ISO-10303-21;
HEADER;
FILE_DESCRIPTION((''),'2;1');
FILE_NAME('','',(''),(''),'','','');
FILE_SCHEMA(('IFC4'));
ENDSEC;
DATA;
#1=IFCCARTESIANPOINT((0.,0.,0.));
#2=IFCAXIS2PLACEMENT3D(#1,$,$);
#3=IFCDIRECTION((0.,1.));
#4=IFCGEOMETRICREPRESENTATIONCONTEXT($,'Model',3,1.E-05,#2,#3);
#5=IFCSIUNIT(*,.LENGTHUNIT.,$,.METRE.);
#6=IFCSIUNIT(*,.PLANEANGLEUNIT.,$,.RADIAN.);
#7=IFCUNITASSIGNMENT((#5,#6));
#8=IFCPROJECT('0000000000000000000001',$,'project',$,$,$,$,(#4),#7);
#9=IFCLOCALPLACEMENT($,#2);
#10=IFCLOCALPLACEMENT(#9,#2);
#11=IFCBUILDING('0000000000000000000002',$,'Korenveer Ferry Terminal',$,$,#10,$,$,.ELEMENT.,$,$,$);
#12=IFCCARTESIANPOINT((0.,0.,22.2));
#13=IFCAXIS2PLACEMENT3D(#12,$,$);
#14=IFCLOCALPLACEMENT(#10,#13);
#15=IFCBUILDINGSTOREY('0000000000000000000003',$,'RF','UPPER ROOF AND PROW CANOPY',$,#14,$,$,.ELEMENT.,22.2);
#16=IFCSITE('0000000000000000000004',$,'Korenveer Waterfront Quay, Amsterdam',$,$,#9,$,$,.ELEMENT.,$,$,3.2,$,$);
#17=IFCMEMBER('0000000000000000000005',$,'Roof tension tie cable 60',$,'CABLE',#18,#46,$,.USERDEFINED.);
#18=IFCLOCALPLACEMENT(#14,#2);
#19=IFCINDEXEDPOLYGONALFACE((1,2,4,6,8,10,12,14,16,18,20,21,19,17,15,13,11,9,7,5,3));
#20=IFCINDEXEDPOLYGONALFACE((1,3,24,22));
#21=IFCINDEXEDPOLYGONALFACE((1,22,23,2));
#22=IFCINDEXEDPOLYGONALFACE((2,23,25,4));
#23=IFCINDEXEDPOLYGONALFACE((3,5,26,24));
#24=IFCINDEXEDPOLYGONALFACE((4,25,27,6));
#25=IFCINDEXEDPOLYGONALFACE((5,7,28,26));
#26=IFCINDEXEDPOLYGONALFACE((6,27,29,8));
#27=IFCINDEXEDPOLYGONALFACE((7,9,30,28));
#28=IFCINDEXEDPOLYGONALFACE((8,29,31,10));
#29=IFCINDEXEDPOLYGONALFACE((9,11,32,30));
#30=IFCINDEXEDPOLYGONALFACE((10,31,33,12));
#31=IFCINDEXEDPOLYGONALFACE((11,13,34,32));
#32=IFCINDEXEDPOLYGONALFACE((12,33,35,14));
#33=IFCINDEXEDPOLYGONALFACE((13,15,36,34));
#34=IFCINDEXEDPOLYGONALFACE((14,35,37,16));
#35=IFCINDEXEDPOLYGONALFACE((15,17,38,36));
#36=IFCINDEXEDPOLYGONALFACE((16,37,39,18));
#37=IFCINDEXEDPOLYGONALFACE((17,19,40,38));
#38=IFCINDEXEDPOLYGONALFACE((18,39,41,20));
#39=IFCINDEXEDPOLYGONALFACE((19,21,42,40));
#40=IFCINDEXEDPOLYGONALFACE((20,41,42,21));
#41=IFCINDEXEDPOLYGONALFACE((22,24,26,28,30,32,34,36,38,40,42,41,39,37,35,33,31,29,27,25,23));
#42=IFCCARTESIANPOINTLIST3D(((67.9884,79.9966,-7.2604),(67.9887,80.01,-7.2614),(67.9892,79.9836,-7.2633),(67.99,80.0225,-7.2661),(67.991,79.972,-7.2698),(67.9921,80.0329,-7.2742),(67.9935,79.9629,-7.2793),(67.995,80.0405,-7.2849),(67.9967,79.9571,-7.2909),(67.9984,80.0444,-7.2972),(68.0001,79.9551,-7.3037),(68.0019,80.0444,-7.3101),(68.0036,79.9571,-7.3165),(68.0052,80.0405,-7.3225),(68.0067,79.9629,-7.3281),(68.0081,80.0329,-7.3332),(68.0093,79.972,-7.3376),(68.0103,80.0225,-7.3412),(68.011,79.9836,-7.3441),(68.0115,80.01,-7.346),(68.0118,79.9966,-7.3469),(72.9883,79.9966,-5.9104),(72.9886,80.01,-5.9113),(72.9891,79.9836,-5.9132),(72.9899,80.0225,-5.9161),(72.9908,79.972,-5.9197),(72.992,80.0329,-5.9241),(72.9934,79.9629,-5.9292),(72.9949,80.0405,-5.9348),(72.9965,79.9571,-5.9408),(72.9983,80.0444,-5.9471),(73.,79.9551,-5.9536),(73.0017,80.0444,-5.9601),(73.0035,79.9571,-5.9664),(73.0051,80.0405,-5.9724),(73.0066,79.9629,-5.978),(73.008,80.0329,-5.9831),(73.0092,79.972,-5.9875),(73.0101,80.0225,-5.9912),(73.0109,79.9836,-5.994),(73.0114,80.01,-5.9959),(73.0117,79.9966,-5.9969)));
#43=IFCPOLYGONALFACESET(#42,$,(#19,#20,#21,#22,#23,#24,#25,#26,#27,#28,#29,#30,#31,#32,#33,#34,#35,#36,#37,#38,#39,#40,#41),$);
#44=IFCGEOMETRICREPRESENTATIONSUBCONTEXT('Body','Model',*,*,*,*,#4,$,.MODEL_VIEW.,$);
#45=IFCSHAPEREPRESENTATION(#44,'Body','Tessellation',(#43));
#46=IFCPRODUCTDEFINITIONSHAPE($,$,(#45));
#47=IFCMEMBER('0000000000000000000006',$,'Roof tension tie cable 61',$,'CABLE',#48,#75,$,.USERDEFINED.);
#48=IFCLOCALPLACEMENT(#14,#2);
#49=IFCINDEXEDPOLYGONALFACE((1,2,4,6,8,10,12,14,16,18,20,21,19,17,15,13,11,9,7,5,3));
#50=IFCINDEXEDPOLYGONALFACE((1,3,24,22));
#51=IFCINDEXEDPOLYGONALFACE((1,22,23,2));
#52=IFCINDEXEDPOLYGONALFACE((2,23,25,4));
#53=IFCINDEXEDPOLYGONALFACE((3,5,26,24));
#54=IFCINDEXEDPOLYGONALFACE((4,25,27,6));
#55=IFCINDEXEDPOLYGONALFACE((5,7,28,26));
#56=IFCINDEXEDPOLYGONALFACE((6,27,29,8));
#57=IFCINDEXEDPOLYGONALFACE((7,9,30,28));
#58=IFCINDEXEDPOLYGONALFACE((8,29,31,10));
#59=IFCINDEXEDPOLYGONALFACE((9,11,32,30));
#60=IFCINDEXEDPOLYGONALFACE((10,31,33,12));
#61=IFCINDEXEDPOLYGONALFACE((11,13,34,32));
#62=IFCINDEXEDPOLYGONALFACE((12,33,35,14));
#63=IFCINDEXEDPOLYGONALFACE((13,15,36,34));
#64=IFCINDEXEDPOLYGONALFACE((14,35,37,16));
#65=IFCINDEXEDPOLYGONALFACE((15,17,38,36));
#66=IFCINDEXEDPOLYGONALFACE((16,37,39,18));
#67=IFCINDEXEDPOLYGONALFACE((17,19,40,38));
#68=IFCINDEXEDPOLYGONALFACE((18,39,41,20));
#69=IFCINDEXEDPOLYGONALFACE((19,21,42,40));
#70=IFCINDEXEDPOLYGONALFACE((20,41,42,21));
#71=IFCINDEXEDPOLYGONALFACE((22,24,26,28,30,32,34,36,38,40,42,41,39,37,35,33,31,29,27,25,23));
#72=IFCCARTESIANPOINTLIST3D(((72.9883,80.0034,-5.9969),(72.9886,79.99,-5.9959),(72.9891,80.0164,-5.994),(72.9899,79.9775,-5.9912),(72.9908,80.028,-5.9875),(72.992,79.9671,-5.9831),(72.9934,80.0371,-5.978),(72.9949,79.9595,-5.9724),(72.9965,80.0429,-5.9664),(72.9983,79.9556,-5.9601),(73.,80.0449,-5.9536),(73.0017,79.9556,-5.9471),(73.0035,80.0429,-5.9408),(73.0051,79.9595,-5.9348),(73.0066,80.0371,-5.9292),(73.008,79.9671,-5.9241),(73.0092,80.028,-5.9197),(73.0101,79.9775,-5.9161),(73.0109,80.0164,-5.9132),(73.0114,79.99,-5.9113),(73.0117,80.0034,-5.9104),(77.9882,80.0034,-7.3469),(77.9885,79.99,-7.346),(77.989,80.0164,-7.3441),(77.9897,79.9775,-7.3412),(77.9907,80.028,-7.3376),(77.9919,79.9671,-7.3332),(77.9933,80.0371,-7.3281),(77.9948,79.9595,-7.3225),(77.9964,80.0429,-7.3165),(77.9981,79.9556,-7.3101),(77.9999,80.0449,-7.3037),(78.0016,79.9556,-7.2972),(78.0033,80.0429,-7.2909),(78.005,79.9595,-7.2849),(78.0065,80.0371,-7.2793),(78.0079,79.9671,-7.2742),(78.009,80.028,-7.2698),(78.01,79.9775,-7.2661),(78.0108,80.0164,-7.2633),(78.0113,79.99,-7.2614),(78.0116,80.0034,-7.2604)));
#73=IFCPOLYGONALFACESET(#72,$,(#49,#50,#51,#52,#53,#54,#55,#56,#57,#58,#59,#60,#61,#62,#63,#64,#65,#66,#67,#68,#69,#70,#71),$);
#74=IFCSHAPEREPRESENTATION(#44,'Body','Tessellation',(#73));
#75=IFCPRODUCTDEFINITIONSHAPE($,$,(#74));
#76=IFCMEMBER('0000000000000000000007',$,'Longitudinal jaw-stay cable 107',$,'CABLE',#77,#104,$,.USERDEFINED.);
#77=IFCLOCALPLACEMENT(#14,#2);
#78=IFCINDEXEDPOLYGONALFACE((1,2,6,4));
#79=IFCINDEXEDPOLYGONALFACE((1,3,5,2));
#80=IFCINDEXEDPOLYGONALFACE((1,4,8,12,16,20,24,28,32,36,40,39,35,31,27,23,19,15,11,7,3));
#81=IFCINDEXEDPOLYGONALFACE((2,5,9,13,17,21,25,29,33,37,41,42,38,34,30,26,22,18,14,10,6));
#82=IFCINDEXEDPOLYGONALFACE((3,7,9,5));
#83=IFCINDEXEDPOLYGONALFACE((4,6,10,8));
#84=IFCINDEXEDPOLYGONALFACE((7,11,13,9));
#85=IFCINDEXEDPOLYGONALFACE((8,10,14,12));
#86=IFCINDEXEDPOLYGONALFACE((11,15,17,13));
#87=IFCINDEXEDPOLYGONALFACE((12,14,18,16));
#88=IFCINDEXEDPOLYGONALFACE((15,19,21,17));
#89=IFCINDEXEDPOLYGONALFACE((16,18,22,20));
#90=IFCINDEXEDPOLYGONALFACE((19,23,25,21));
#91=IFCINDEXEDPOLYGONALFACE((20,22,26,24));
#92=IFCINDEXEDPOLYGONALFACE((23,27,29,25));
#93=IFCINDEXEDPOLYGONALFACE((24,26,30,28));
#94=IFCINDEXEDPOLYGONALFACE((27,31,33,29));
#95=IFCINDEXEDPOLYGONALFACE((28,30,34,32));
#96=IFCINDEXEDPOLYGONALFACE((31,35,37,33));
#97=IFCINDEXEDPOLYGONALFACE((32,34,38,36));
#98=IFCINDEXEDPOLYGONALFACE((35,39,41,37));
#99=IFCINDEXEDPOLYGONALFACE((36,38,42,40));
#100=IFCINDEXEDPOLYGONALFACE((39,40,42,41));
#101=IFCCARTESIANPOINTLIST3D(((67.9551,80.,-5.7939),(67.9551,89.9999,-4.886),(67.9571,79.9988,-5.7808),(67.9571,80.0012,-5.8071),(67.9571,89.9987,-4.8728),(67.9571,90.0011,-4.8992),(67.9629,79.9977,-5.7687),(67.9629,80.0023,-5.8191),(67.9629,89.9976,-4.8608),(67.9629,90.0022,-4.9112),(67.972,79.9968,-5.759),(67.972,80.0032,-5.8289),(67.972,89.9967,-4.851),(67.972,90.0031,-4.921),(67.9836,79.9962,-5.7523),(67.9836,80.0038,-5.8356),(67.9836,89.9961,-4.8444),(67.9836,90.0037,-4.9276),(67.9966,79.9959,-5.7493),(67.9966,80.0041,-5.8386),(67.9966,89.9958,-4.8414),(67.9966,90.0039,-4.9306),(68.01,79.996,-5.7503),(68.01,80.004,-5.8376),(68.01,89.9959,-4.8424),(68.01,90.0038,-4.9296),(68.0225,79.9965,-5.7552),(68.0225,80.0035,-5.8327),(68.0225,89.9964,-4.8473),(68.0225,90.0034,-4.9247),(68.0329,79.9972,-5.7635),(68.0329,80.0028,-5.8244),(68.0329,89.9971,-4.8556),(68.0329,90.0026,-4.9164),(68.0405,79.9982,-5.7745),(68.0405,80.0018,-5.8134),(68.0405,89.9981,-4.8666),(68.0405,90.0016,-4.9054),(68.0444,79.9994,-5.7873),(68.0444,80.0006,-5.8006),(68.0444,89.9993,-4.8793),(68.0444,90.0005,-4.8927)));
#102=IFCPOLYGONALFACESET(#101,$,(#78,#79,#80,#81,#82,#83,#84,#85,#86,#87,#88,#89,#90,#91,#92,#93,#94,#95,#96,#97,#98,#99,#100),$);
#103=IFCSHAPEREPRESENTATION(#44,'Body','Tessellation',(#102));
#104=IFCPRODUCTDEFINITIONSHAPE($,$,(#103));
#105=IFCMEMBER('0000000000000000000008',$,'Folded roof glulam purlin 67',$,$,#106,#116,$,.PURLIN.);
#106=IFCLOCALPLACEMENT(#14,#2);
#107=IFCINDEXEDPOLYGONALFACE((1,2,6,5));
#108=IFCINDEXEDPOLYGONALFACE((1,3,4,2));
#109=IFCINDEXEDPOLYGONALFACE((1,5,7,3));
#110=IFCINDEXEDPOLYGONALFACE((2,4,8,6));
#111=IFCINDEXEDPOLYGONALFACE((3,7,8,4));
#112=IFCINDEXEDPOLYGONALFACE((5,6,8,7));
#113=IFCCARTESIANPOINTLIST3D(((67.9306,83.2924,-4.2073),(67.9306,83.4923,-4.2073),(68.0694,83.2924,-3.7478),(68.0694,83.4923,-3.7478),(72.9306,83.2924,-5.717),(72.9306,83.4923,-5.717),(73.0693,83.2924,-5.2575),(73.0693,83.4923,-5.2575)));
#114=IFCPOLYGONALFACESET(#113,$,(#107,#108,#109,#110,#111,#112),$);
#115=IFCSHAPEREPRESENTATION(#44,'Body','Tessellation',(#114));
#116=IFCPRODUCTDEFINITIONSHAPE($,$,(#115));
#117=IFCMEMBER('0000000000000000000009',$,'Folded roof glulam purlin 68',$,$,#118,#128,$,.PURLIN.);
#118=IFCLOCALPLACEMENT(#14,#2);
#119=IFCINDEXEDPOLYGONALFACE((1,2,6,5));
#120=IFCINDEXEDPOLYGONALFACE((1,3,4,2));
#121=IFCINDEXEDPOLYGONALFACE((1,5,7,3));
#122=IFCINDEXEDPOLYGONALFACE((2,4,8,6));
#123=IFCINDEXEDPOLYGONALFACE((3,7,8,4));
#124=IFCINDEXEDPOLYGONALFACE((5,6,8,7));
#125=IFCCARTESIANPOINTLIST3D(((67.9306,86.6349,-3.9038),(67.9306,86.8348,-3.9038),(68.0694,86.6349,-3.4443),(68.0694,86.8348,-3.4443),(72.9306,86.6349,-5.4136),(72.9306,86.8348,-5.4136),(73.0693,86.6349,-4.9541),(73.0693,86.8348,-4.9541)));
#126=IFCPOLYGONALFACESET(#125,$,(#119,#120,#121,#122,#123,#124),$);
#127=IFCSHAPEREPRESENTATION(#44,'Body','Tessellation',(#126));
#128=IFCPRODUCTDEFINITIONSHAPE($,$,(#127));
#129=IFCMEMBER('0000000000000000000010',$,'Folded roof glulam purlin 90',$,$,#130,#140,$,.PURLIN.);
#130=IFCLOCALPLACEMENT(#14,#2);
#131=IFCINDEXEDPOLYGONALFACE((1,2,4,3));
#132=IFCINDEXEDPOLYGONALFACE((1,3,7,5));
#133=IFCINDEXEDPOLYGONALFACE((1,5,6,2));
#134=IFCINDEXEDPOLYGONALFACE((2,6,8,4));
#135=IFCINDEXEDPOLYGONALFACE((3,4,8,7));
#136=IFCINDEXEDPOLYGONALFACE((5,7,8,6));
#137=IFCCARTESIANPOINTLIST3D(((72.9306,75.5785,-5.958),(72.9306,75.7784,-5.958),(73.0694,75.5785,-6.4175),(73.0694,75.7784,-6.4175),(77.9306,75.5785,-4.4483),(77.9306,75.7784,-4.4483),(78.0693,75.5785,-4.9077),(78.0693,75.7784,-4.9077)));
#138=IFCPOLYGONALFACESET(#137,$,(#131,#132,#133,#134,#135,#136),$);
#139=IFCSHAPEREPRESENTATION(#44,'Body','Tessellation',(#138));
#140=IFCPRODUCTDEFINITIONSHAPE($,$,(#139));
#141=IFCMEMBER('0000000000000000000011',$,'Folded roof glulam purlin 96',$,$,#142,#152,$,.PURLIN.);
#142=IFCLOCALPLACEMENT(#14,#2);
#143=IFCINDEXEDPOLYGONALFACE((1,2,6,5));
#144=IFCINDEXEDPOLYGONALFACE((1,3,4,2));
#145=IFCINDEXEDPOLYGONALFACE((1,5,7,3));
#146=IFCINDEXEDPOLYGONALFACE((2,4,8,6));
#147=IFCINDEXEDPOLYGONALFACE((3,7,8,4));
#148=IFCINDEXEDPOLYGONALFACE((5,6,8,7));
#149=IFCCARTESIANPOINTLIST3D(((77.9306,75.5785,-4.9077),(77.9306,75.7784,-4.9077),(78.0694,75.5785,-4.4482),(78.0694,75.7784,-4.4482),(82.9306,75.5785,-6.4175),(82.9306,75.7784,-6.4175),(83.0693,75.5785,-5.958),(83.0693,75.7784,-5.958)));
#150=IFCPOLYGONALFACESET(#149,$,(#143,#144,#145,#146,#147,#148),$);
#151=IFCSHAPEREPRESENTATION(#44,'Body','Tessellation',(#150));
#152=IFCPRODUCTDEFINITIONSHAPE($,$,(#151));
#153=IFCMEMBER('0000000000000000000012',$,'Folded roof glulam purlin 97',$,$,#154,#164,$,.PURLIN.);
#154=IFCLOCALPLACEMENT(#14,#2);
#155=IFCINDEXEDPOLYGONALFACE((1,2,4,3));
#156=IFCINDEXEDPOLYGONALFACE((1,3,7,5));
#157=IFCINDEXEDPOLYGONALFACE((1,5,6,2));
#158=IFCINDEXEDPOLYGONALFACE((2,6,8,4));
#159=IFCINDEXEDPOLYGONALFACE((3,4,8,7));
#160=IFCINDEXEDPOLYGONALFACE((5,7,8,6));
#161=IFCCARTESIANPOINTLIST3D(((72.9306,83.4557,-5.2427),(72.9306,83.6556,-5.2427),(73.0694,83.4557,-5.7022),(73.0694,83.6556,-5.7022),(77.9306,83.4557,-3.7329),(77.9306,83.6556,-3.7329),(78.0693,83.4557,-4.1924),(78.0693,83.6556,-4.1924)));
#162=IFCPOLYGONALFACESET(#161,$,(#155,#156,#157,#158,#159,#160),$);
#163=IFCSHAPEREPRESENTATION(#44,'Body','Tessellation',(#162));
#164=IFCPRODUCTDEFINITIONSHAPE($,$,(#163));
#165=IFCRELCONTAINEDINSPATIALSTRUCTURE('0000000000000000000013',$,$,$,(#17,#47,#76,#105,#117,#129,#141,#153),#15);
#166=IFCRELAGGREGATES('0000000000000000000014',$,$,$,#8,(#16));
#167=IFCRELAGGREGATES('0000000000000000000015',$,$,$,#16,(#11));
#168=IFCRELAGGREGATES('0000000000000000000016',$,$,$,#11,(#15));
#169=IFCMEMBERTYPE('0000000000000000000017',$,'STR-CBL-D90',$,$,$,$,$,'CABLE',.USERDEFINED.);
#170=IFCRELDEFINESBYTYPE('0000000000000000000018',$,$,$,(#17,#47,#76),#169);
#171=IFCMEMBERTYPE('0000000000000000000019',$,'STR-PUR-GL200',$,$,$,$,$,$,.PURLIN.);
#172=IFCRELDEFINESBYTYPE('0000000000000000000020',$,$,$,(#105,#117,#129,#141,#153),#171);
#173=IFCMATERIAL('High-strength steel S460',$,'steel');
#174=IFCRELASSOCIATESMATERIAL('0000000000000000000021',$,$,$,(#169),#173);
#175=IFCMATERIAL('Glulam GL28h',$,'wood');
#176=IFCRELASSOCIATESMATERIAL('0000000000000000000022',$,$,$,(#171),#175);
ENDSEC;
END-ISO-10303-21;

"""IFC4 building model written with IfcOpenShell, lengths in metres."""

from ifc_helpers import new_model, si_unit, direction, frame, origin, origin_2d, place, context, subcontext, project, spatial, rectangle, circle, extrude, material, material_profile, profile_set, type_object, element, save


model = new_model("IFC4")

# Units and contexts
model_context = context("Model", 3, precision=1e-05, world=origin(), true_north=direction((0.0, 1.0)))
body_context = subcontext(model_context, "Body", "Model", "MODEL_VIEW")
ifc_project = project(units=[si_unit("LENGTHUNIT", "METRE"), si_unit("PLANEANGLEUNIT", "RADIAN")], contexts=[model_context])

# Site, building, storey
site_placement = place(None, origin())
site = spatial("IfcSite", under=ifc_project, at=site_placement, Name="Korenveer Waterfront Quay, Amsterdam", CompositionType="ELEMENT", RefElevation=3.2)
building_placement = place(site_placement, origin())
building = spatial("IfcBuilding", under=site, at=building_placement, Name="Korenveer Ferry Terminal", CompositionType="ELEMENT")
storey_placement = place(building_placement, frame((0.0, 0.0, 22.2)))
storey = spatial("IfcBuildingStorey", under=building, at=storey_placement, Name="RF", Description="UPPER ROOF AND PROW CANOPY", CompositionType="ELEMENT", Elevation=22.2)

# Members
ifc_material_1 = material(Name="High-strength steel S460", Category="steel")
ifc_material_profile_1 = material_profile(ifc_material_1, circle(Radius=0.0449, at=origin_2d()), Name="ROD D90")
ifc_profile_set_1 = profile_set([ifc_material_profile_1], Name="High-strength steel S460")
member_type_1 = type_object("IfcMemberType", Name="STR-CBL-D90", ElementType="CABLE", PredefinedType="USERDEFINED", material=ifc_profile_set_1)
for number, where, z_axis, x_axis, name in (
    (1, (73.0, 80.0, -5.9536), (-0.965424, 0.0, -0.260683), (0.0, -1.0, 0.0), "Roof tension tie cable 60"),
    (2, (73.0, 80.0, -5.9536), (0.965424, 0.0, -0.260683), (0.0, 1.0, 0.0), "Roof tension tie cable 61"),
):
    element("IfcMember", number, at=place(storey_placement, frame(where, z_axis=z_axis, x_axis=x_axis)), inside=storey, type_object=member_type_1, Name=name, ObjectType="CABLE", PredefinedType="USERDEFINED", context=body_context, shape_type="SweptSolid", body=[
        extrude(circle(Radius=0.0449, at=origin_2d()), origin(), (0.0, 0.0, 1.0), 5.179),
    ])
member_1_placement = place(storey_placement, frame((68.0, 80.0, -5.7939), z_axis=(0.0, 0.995903, 0.090424), x_axis=(-1.0, 0.0, 0.0)))
element("IfcMember", 3, at=member_1_placement, inside=storey, type_object=member_type_1, Name="Longitudinal jaw-stay cable 107", ObjectType="CABLE", PredefinedType="USERDEFINED", context=body_context, shape_type="SweptSolid", body=[
    extrude(circle(Radius=0.0449, at=origin_2d()), origin(), (0.0, 0.0, 1.0), 10.041),
])
ifc_material_2 = material(Name="Glulam GL28h", Category="wood")
ifc_material_profile_2 = material_profile(ifc_material_2, rectangle(XDim=0.2, YDim=0.48, at=origin_2d()), Name="GL 200x480")
ifc_profile_set_2 = profile_set([ifc_material_profile_2], Name="Glulam GL28h")
member_type_2 = type_object("IfcMemberType", Name="STR-PUR-GL200", PredefinedType="PURLIN", material=ifc_profile_set_2)
for number, where, z_axis, x_axis, name in (
    (4, (68.0, 83.3923, -3.9775), (0.95731, 0.0, -0.289063), (0.0, 1.0, 0.0), "Folded roof glulam purlin 67"),
    (5, (68.0, 86.7349, -3.6741), (0.95731, 0.0, -0.289063), (0.0, 1.0, 0.0), "Folded roof glulam purlin 68"),
    (6, (73.0, 75.6785, -6.1877), (0.95731, 0.0, 0.289063), (0.0, 1.0, 0.0), "Folded roof glulam purlin 90"),
    (7, (78.0, 75.6785, -4.678), (0.95731, 0.0, -0.289063), (0.0, 1.0, 0.0), "Folded roof glulam purlin 96"),
    (8, (73.0, 83.5557, -5.4724), (0.95731, 0.0, 0.289063), (0.0, 1.0, 0.0), "Folded roof glulam purlin 97"),
):
    element("IfcMember", number, at=place(storey_placement, frame(where, z_axis=z_axis, x_axis=x_axis)), inside=storey, type_object=member_type_2, Name=name, PredefinedType="PURLIN", context=body_context, shape_type="SweptSolid", body=[
        extrude(rectangle(XDim=0.2, YDim=0.48, at=origin_2d()), origin(), (0.0, 0.0, 1.0), 5.2229),
    ])

save(model, "model.ifc")
